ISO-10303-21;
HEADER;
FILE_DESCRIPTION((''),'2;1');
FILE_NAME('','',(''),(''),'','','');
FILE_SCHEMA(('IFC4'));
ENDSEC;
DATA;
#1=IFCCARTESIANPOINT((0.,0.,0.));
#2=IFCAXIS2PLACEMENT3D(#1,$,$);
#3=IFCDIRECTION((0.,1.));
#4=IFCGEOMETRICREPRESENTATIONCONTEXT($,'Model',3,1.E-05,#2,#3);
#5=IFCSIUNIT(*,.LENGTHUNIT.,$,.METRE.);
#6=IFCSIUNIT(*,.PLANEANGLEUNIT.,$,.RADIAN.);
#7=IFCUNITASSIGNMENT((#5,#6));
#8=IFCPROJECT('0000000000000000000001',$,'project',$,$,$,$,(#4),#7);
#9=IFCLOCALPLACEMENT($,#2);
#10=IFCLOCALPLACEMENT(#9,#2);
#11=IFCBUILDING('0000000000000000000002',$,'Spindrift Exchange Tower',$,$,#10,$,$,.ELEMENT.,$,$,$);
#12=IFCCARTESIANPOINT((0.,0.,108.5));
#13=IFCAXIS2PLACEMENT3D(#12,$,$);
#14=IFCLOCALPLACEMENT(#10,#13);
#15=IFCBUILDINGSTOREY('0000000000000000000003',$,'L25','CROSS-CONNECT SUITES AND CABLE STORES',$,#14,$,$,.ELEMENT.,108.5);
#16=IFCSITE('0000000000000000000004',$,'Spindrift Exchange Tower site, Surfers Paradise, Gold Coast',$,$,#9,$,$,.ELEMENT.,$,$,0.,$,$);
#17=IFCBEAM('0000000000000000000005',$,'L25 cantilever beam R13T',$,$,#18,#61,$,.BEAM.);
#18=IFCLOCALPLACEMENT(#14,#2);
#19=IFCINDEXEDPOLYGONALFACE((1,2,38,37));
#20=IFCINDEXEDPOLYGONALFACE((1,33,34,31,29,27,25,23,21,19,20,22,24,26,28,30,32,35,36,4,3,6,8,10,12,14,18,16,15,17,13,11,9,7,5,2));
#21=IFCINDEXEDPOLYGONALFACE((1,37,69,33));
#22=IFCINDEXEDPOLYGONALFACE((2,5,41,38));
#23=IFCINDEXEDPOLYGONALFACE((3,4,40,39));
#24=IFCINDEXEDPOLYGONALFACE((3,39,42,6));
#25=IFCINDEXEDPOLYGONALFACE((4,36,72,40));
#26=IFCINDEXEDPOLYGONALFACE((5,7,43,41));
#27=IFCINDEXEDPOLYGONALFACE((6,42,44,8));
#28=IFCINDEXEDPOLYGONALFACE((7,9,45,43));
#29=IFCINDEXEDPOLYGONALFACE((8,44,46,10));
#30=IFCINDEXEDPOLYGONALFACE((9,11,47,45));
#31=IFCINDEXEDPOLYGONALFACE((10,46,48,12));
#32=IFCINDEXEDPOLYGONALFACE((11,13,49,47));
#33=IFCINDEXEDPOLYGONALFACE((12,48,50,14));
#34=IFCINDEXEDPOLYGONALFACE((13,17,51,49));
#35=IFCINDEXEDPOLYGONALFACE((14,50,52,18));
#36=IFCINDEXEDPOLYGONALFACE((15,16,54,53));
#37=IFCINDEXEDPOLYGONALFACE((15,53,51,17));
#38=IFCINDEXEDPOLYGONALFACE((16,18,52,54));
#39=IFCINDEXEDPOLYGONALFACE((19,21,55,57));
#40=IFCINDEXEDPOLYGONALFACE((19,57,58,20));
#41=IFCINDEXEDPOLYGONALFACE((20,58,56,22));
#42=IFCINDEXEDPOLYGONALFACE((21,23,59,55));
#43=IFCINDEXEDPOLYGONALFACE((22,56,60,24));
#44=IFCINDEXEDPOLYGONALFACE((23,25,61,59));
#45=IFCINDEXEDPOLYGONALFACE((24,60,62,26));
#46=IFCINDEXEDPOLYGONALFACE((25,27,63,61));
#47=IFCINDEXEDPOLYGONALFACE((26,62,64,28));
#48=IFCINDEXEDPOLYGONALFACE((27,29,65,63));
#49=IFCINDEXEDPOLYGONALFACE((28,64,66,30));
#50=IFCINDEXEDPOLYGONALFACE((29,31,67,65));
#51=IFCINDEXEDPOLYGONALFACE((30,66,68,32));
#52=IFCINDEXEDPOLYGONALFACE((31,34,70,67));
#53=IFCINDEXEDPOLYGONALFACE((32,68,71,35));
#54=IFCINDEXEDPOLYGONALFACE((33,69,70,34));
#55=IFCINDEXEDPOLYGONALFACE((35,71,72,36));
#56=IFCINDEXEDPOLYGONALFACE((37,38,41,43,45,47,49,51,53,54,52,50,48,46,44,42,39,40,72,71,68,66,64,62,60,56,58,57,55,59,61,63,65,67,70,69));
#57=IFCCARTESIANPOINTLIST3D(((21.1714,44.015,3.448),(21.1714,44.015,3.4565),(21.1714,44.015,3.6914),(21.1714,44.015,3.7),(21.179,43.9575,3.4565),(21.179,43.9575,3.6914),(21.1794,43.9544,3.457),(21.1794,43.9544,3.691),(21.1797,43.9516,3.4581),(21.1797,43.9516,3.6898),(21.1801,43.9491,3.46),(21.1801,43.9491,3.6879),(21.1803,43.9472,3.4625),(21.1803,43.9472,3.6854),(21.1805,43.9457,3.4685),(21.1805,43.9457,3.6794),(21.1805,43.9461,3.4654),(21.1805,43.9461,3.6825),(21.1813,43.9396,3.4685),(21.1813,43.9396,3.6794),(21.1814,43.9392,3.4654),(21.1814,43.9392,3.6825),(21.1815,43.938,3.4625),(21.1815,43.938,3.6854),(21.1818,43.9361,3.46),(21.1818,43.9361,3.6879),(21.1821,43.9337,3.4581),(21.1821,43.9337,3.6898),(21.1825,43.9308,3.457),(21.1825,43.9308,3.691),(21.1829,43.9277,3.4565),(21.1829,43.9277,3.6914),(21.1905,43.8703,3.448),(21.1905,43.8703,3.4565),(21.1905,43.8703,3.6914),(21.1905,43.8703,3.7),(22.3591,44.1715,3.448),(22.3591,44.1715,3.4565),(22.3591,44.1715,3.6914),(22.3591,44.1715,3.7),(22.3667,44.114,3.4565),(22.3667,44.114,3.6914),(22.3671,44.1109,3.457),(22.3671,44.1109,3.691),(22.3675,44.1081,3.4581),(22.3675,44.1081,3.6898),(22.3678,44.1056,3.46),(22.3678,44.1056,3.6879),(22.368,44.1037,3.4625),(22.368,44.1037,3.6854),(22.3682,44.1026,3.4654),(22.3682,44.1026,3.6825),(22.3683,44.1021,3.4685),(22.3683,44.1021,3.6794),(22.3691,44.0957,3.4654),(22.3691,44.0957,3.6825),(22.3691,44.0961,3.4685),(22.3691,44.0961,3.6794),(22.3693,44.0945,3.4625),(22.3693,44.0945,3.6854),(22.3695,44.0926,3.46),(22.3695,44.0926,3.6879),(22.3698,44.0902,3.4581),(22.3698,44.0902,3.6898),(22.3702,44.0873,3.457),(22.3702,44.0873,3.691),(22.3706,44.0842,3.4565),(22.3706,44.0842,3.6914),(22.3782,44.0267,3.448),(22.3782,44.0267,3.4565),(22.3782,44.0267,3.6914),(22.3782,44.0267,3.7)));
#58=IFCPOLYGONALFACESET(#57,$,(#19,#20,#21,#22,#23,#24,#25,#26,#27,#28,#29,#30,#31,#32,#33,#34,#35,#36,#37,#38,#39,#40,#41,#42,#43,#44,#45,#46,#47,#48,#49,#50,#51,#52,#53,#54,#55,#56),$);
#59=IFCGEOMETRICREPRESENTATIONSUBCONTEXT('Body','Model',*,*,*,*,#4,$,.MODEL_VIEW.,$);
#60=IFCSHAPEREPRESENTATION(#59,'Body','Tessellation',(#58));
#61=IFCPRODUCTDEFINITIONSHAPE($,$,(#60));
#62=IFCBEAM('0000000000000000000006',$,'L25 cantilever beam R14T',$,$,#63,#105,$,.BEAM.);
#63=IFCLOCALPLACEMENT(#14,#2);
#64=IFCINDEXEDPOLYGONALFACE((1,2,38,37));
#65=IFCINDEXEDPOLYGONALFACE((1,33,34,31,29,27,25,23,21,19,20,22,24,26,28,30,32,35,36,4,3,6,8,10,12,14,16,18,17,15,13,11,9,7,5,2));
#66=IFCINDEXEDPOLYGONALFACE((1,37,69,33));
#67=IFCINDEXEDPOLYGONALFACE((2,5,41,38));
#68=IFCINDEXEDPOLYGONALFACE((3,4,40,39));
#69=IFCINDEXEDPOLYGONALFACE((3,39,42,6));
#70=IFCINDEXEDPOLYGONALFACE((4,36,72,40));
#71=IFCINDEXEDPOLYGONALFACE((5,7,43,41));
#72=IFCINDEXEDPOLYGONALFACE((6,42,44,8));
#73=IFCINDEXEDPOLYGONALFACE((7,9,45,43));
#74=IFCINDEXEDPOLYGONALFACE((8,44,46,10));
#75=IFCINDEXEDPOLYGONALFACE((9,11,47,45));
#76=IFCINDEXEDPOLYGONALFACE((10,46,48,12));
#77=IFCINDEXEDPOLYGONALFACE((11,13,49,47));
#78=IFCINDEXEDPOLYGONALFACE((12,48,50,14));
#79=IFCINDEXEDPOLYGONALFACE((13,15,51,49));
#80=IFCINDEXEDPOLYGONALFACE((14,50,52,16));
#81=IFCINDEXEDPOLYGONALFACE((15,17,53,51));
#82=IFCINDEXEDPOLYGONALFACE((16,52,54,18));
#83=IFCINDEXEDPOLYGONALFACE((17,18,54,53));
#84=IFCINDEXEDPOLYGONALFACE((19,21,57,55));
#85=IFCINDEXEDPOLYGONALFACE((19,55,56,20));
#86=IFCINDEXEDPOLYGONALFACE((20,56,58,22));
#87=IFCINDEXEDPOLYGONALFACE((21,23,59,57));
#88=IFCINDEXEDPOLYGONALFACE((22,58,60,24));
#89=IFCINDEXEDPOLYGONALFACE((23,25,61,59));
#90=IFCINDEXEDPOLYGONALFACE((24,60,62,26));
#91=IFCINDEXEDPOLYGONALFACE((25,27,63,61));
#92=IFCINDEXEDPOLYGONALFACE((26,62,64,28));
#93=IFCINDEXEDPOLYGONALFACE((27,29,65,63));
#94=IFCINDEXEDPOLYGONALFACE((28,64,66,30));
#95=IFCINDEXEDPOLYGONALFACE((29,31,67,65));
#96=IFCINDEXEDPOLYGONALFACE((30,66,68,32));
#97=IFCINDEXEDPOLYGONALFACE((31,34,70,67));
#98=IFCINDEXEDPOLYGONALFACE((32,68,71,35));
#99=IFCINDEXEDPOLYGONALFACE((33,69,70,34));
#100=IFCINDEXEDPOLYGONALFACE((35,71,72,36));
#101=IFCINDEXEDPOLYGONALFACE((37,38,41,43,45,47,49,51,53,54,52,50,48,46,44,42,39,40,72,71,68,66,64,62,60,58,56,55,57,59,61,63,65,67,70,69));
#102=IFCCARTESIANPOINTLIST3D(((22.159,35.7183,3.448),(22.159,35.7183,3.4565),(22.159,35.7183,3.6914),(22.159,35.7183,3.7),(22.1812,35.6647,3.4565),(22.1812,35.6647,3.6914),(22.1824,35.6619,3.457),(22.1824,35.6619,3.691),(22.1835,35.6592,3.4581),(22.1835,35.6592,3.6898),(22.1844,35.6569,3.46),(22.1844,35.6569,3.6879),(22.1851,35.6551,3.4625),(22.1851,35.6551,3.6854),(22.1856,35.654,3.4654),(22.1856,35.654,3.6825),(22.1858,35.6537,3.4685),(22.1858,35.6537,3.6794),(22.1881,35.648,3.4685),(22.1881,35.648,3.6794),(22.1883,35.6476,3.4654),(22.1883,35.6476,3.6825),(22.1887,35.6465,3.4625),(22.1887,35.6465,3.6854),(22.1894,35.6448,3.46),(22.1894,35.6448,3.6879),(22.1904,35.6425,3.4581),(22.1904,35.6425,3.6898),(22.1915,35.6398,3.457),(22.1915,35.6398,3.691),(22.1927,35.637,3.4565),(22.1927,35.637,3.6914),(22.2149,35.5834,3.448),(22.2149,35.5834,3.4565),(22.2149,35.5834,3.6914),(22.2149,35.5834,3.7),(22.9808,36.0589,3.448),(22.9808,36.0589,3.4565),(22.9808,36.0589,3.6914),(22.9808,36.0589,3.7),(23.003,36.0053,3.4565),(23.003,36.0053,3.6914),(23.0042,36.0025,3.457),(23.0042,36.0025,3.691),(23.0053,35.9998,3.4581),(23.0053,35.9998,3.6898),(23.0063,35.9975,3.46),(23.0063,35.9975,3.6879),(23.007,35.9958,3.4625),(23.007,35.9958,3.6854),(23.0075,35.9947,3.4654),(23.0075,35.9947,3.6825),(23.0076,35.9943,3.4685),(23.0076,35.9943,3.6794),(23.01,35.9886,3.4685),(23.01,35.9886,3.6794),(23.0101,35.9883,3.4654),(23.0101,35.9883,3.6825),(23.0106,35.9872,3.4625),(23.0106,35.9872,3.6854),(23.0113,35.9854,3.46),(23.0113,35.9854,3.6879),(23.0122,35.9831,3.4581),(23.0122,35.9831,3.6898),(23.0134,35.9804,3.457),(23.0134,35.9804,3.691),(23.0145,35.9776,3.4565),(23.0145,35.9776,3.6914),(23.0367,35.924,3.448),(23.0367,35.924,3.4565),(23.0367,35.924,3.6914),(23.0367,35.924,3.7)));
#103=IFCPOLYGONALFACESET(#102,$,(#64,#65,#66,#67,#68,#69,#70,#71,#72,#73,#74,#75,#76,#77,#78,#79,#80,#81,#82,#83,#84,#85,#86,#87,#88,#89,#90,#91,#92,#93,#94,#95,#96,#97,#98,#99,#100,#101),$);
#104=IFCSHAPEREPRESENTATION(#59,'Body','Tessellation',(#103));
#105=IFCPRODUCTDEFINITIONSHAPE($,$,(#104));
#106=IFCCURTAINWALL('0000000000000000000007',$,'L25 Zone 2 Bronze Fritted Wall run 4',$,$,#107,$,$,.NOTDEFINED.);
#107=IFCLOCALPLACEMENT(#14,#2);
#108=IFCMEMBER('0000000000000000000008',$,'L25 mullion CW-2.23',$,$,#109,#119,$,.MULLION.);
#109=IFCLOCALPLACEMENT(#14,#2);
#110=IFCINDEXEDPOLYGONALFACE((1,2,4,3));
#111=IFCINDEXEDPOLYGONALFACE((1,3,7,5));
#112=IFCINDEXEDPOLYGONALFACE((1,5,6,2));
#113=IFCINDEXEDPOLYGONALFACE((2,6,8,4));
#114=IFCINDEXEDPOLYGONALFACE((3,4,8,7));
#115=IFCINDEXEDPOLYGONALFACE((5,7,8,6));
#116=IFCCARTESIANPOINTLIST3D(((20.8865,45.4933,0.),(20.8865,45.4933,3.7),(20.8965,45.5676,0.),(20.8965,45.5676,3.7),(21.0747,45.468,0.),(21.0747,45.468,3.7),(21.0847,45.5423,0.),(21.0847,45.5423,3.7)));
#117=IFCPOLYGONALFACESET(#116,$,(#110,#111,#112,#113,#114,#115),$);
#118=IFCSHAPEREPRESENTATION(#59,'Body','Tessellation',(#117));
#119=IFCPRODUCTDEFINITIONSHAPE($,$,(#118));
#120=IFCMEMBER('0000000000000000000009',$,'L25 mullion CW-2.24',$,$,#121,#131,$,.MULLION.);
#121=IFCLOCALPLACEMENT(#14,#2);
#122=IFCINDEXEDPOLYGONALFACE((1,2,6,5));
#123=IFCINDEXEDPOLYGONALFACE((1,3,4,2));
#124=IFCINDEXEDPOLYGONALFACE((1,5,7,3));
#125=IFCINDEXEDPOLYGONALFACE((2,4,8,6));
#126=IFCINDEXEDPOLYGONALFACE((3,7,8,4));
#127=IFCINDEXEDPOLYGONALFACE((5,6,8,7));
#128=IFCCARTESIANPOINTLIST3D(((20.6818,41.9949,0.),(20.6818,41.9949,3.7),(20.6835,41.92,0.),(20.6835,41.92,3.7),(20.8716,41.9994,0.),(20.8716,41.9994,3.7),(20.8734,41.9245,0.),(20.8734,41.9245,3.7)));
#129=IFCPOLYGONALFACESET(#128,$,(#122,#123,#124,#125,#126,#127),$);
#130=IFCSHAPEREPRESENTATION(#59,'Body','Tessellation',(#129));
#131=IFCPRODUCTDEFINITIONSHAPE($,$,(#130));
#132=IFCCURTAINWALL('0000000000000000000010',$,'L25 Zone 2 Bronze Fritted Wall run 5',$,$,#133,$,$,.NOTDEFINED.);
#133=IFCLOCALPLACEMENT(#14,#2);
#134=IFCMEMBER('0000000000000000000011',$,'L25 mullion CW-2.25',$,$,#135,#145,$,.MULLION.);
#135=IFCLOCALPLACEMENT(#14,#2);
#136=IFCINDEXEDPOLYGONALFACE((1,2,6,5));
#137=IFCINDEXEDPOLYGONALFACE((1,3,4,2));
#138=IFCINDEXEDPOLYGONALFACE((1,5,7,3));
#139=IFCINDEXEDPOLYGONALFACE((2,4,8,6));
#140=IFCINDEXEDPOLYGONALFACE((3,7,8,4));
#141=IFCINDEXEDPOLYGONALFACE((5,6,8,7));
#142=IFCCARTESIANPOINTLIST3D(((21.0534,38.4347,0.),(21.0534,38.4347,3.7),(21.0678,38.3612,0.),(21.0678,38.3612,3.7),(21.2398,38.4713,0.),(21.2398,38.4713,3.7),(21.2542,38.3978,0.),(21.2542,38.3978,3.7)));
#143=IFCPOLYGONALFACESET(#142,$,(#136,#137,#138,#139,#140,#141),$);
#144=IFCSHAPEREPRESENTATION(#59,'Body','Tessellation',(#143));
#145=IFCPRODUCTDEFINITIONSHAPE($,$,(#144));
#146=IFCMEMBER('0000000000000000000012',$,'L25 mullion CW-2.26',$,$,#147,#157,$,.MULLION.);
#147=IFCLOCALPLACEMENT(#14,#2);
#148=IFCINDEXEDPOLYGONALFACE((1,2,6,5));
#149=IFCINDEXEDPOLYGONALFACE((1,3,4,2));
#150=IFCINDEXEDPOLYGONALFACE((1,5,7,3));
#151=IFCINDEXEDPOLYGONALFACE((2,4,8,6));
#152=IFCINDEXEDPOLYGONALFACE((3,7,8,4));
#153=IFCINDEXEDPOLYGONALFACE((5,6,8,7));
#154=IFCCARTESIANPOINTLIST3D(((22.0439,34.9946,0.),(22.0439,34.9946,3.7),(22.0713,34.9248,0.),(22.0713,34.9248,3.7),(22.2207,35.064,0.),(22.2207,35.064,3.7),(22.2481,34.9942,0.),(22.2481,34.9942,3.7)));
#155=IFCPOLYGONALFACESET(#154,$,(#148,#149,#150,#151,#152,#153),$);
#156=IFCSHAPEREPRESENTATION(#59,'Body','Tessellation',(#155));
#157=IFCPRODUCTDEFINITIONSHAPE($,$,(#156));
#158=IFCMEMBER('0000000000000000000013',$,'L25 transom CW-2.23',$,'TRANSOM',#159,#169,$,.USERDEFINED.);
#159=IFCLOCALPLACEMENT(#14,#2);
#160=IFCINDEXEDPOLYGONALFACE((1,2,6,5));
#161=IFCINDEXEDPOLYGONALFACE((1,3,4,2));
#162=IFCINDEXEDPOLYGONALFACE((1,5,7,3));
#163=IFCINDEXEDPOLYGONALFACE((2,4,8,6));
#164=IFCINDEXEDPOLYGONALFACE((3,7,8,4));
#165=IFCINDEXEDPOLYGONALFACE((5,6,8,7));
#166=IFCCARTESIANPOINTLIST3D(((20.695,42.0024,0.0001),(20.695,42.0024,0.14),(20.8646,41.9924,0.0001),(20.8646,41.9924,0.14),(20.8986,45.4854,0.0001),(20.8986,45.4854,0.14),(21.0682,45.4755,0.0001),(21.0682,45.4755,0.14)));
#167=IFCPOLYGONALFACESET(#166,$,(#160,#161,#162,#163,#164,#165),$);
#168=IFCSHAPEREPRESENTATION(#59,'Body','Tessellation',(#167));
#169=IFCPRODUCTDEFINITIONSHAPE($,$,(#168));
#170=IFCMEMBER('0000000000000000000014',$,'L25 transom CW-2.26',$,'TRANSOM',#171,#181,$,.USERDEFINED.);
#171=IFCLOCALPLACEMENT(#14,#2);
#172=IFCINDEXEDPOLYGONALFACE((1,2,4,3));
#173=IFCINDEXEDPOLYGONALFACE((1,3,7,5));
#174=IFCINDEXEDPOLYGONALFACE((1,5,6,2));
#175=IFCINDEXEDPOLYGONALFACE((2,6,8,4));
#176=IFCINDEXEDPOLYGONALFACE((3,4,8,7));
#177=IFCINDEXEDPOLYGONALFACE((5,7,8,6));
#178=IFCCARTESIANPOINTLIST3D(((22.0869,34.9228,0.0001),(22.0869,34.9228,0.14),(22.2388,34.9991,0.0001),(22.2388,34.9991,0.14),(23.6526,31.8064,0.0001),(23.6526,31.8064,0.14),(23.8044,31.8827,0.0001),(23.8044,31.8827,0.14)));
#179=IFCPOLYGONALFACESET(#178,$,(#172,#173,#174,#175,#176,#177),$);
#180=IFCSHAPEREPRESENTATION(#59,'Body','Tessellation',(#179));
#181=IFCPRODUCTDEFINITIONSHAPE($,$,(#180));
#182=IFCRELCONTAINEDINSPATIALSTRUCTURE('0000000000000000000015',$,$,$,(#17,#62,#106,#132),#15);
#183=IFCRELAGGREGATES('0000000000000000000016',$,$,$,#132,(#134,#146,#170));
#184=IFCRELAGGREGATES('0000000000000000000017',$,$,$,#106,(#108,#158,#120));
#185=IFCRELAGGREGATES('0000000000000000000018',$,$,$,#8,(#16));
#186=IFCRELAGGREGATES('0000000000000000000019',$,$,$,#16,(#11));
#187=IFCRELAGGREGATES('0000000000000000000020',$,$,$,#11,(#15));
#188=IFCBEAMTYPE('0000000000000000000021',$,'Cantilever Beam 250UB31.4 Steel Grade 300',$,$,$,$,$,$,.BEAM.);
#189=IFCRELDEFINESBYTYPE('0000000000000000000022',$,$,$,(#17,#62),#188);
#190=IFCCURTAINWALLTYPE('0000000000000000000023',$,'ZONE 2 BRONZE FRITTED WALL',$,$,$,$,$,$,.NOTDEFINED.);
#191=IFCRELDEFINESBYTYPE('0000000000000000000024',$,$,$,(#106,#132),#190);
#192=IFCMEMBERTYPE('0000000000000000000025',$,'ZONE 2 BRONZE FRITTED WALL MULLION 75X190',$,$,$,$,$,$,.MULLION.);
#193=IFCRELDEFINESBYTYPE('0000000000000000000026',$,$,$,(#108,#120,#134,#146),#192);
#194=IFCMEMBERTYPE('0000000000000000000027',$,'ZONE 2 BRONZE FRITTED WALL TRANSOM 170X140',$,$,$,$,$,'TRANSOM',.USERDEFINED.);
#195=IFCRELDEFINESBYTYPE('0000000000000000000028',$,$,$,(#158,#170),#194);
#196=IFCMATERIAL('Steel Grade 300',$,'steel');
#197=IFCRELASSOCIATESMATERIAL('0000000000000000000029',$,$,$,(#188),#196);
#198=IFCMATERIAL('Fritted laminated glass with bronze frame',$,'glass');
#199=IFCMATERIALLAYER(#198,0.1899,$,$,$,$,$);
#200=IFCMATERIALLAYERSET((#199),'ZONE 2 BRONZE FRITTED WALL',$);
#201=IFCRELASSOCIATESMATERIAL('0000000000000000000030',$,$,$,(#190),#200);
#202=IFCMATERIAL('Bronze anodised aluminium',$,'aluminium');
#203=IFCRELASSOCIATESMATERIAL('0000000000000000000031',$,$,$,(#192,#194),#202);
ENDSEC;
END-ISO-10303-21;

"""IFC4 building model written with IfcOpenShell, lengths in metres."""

from ifc_helpers import new_model, si_unit, direction, frame, origin, origin_2d, place, context, subcontext, project, spatial, rectangle, i_section, extrude, source, transform, mapped, material, layer, layer_set, material_profile, profile_set, type_object, element, aggregate, save


model = new_model("IFC4")

# Units and contexts
model_context = context("Model", 3, precision=1e-05, world=origin(), true_north=direction((0.0, 1.0)))
body_context = subcontext(model_context, "Body", "Model", "MODEL_VIEW")
ifc_project = project(units=[si_unit("LENGTHUNIT", "METRE"), si_unit("PLANEANGLEUNIT", "RADIAN")], contexts=[model_context])

# Site, building, storey
site_placement = place(None, origin())
site = spatial("IfcSite", under=ifc_project, at=site_placement, Name="Spindrift Exchange Tower site, Surfers Paradise, Gold Coast", CompositionType="ELEMENT", RefElevation=0.0)
building_placement = place(site_placement, origin())
building = spatial("IfcBuilding", under=site, at=building_placement, Name="Spindrift Exchange Tower", CompositionType="ELEMENT")
storey_placement = place(building_placement, frame((0.0, 0.0, 108.5)))
storey = spatial("IfcBuildingStorey", under=building, at=storey_placement, Name="L25", Description="CROSS-CONNECT SUITES AND CABLE STORES", CompositionType="ELEMENT", Elevation=108.5)

# Beams
ifc_material_1 = material(Name="Steel Grade 300", Category="steel")
ifc_material_profile_1 = material_profile(ifc_material_1, i_section(OverallWidth=0.146, OverallDepth=0.252, WebThickness=0.0061, FlangeThickness=0.0085, FilletRadius=0.012, at=origin_2d()), Name="250UB31.4")
ifc_profile_set_1 = profile_set([ifc_material_profile_1], Name="Steel Grade 300")
beam_type_1 = type_object("IfcBeamType", Name="Cantilever Beam 250UB31.4 Steel Grade 300", PredefinedType="BEAM", material=ifc_profile_set_1)
shared_shape_1 = source(origin(), body_context, "Body", "SweptSolid", [
    extrude(i_section(OverallWidth=0.146, OverallDepth=0.252, WebThickness=0.0061, FlangeThickness=0.0085, FilletRadius=0.012, at=origin_2d()), origin(), (0.0, 0.0, 1.0), 1.198),
])
beam_1_placement = place(storey_placement, frame((22.3687, 44.0991, 3.574), z_axis=(-0.991431, -0.130628, 0.0), x_axis=(0.130628, -0.991431, 0.0)))
element("IfcBeam", 1, at=beam_1_placement, inside=storey, type_object=beam_type_1, Name="L25 cantilever beam R13T", PredefinedType="BEAM", context=body_context, shape_type="MappedRepresentation", body=[
    mapped(shared_shape_1, transform((0.0, 0.0, 0.0), scale=1.0)),
])
shared_shape_2 = source(origin(), body_context, "Body", "SweptSolid", [
    extrude(i_section(OverallWidth=0.146, OverallDepth=0.252, WebThickness=0.0061, FlangeThickness=0.0085, FilletRadius=0.012, at=origin_2d()), origin(), (0.0, 0.0, 1.0), 0.8896),
])
beam_2_placement = place(storey_placement, frame((23.0088, 35.9915, 3.574), z_axis=(-0.923806, -0.382861, 0.0), x_axis=(0.382861, -0.923806, 0.0)))
element("IfcBeam", 2, at=beam_2_placement, inside=storey, type_object=beam_type_1, Name="L25 cantilever beam R14T", PredefinedType="BEAM", context=body_context, shape_type="MappedRepresentation", body=[
    mapped(shared_shape_2, transform((0.0, 0.0, 0.0), scale=1.0)),
])

# Curtain walls, members
ifc_material_2 = material(Name="Fritted laminated glass with bronze frame", Category="glass")
ifc_layer_1 = layer(ifc_material_2, 0.1899)
ifc_layer_set_1 = layer_set([ifc_layer_1], Name="ZONE 2 BRONZE FRITTED WALL")
curtain_wall_type = type_object("IfcCurtainWallType", Name="ZONE 2 BRONZE FRITTED WALL", PredefinedType="NOTDEFINED", material=ifc_layer_set_1)
curtain_wall_1_placement = place(storey_placement, origin())
curtain_wall_1 = element("IfcCurtainWall", 3, at=curtain_wall_1_placement, inside=storey, type_object=curtain_wall_type, Name="L25 Zone 2 Bronze Fritted Wall run 4", PredefinedType="NOTDEFINED")
ifc_material_3 = material(Name="Bronze anodised aluminium", Category="aluminium")
ifc_material_profile_2 = material_profile(ifc_material_3, rectangle(XDim=0.075, YDim=0.1899, at=origin_2d()), Name="ZONE 2 BRONZE FRITTED WALL MULLION 75X190")
ifc_profile_set_2 = profile_set([ifc_material_profile_2], Name="Bronze anodised aluminium")
member_type_1 = type_object("IfcMemberType", Name="ZONE 2 BRONZE FRITTED WALL MULLION 75X190", PredefinedType="MULLION", material=ifc_profile_set_2)
shared_shape_3 = source(origin(), body_context, "Body", "SweptSolid", [
    extrude(rectangle(XDim=0.075, YDim=0.1899, at=origin_2d()), origin(), (0.0, 0.0, 1.0), 3.7),
])
member_1_placement = place(storey_placement, frame((20.9856, 45.5178, 0.0), z_axis=(0.0, 0.0, 1.0), x_axis=(-0.132998, -0.991116, 0.0)))
member_1 = element("IfcMember", 4, at=member_1_placement, type_object=member_type_1, Name="L25 mullion CW-2.23", PredefinedType="MULLION", context=body_context, shape_type="MappedRepresentation", body=[
    mapped(shared_shape_3, transform((0.0, 0.0, 0.0), scale=1.0)),
])
member_2_placement = place(storey_placement, frame((20.7776, 41.9597, 0.0), z_axis=(0.0, 0.0, 1.0), x_axis=(0.0237, -0.999719, 0.0)))
member_2 = element("IfcMember", 5, at=member_2_placement, type_object=member_type_1, Name="L25 mullion CW-2.24", PredefinedType="MULLION", context=body_context, shape_type="MappedRepresentation", body=[
    mapped(shared_shape_3, transform((0.0, 0.0, 0.0), scale=1.0)),
])
curtain_wall_2_placement = place(storey_placement, origin())
curtain_wall_2 = element("IfcCurtainWall", 6, at=curtain_wall_2_placement, inside=storey, type_object=curtain_wall_type, Name="L25 Zone 2 Bronze Fritted Wall run 5", PredefinedType="NOTDEFINED")
member_3_placement = place(storey_placement, frame((21.1538, 38.4163, 0.0), z_axis=(0.0, 0.0, 1.0), x_axis=(0.192793, -0.981239, 0.0)))
member_3 = element("IfcMember", 7, at=member_3_placement, type_object=member_type_1, Name="L25 mullion CW-2.25", PredefinedType="MULLION", context=body_context, shape_type="MappedRepresentation", body=[
    mapped(shared_shape_3, transform((0.0, 0.0, 0.0), scale=1.0)),
])
member_4_placement = place(storey_placement, frame((22.146, 34.9944, 0.0), z_axis=(0.0, 0.0, 1.0), x_axis=(0.365229, -0.930918, 0.0)))
member_4 = element("IfcMember", 8, at=member_4_placement, type_object=member_type_1, Name="L25 mullion CW-2.26", PredefinedType="MULLION", context=body_context, shape_type="MappedRepresentation", body=[
    mapped(shared_shape_3, transform((0.0, 0.0, 0.0), scale=1.0)),
])

# Members
ifc_material_profile_3 = material_profile(ifc_material_3, rectangle(XDim=0.1699, YDim=0.1399, at=origin_2d()), Name="ZONE 2 BRONZE FRITTED WALL TRANSOM 170X140")
ifc_profile_set_3 = profile_set([ifc_material_profile_3], Name="Bronze anodised aluminium")
member_type_2 = type_object("IfcMemberType", Name="ZONE 2 BRONZE FRITTED WALL TRANSOM 170X140", ElementType="TRANSOM", PredefinedType="USERDEFINED", material=ifc_profile_set_3)
shared_shape_4 = source(origin(), body_context, "Body", "SweptSolid", [
    extrude(rectangle(XDim=0.1699, YDim=0.1399, at=origin_2d()), origin(), (0.0, 0.0, 1.0), 3.489),
])
member_5_placement = place(storey_placement, frame((20.9834, 45.4805, 0.0701), z_axis=(-0.058357, -0.998296, 0.0), x_axis=(0.998296, -0.058357, 0.0)))
member_5 = element("IfcMember", 9, at=member_5_placement, type_object=member_type_2, Name="L25 transom CW-2.23", ObjectType="TRANSOM", PredefinedType="USERDEFINED", context=body_context, shape_type="MappedRepresentation", body=[
    mapped(shared_shape_4, transform((0.0, 0.0, 0.0), scale=1.0)),
])
shared_shape_5 = source(origin(), body_context, "Body", "SweptSolid", [
    extrude(rectangle(XDim=0.1699, YDim=0.1399, at=origin_2d()), origin(), (0.0, 0.0, 1.0), 3.4875),
])
member_6_placement = place(storey_placement, frame((22.1628, 34.9609, 0.0701), z_axis=(0.448921, -0.893572, 0.0), x_axis=(0.893572, 0.448921, 0.0)))
member_6 = element("IfcMember", 10, at=member_6_placement, type_object=member_type_2, Name="L25 transom CW-2.26", ObjectType="TRANSOM", PredefinedType="USERDEFINED", context=body_context, shape_type="MappedRepresentation", body=[
    mapped(shared_shape_5, transform((0.0, 0.0, 0.0), scale=1.0)),
])

aggregate(curtain_wall_2, [member_3, member_4, member_6])
aggregate(curtain_wall_1, [member_1, member_5, member_2])

save(model, "model.ifc")
